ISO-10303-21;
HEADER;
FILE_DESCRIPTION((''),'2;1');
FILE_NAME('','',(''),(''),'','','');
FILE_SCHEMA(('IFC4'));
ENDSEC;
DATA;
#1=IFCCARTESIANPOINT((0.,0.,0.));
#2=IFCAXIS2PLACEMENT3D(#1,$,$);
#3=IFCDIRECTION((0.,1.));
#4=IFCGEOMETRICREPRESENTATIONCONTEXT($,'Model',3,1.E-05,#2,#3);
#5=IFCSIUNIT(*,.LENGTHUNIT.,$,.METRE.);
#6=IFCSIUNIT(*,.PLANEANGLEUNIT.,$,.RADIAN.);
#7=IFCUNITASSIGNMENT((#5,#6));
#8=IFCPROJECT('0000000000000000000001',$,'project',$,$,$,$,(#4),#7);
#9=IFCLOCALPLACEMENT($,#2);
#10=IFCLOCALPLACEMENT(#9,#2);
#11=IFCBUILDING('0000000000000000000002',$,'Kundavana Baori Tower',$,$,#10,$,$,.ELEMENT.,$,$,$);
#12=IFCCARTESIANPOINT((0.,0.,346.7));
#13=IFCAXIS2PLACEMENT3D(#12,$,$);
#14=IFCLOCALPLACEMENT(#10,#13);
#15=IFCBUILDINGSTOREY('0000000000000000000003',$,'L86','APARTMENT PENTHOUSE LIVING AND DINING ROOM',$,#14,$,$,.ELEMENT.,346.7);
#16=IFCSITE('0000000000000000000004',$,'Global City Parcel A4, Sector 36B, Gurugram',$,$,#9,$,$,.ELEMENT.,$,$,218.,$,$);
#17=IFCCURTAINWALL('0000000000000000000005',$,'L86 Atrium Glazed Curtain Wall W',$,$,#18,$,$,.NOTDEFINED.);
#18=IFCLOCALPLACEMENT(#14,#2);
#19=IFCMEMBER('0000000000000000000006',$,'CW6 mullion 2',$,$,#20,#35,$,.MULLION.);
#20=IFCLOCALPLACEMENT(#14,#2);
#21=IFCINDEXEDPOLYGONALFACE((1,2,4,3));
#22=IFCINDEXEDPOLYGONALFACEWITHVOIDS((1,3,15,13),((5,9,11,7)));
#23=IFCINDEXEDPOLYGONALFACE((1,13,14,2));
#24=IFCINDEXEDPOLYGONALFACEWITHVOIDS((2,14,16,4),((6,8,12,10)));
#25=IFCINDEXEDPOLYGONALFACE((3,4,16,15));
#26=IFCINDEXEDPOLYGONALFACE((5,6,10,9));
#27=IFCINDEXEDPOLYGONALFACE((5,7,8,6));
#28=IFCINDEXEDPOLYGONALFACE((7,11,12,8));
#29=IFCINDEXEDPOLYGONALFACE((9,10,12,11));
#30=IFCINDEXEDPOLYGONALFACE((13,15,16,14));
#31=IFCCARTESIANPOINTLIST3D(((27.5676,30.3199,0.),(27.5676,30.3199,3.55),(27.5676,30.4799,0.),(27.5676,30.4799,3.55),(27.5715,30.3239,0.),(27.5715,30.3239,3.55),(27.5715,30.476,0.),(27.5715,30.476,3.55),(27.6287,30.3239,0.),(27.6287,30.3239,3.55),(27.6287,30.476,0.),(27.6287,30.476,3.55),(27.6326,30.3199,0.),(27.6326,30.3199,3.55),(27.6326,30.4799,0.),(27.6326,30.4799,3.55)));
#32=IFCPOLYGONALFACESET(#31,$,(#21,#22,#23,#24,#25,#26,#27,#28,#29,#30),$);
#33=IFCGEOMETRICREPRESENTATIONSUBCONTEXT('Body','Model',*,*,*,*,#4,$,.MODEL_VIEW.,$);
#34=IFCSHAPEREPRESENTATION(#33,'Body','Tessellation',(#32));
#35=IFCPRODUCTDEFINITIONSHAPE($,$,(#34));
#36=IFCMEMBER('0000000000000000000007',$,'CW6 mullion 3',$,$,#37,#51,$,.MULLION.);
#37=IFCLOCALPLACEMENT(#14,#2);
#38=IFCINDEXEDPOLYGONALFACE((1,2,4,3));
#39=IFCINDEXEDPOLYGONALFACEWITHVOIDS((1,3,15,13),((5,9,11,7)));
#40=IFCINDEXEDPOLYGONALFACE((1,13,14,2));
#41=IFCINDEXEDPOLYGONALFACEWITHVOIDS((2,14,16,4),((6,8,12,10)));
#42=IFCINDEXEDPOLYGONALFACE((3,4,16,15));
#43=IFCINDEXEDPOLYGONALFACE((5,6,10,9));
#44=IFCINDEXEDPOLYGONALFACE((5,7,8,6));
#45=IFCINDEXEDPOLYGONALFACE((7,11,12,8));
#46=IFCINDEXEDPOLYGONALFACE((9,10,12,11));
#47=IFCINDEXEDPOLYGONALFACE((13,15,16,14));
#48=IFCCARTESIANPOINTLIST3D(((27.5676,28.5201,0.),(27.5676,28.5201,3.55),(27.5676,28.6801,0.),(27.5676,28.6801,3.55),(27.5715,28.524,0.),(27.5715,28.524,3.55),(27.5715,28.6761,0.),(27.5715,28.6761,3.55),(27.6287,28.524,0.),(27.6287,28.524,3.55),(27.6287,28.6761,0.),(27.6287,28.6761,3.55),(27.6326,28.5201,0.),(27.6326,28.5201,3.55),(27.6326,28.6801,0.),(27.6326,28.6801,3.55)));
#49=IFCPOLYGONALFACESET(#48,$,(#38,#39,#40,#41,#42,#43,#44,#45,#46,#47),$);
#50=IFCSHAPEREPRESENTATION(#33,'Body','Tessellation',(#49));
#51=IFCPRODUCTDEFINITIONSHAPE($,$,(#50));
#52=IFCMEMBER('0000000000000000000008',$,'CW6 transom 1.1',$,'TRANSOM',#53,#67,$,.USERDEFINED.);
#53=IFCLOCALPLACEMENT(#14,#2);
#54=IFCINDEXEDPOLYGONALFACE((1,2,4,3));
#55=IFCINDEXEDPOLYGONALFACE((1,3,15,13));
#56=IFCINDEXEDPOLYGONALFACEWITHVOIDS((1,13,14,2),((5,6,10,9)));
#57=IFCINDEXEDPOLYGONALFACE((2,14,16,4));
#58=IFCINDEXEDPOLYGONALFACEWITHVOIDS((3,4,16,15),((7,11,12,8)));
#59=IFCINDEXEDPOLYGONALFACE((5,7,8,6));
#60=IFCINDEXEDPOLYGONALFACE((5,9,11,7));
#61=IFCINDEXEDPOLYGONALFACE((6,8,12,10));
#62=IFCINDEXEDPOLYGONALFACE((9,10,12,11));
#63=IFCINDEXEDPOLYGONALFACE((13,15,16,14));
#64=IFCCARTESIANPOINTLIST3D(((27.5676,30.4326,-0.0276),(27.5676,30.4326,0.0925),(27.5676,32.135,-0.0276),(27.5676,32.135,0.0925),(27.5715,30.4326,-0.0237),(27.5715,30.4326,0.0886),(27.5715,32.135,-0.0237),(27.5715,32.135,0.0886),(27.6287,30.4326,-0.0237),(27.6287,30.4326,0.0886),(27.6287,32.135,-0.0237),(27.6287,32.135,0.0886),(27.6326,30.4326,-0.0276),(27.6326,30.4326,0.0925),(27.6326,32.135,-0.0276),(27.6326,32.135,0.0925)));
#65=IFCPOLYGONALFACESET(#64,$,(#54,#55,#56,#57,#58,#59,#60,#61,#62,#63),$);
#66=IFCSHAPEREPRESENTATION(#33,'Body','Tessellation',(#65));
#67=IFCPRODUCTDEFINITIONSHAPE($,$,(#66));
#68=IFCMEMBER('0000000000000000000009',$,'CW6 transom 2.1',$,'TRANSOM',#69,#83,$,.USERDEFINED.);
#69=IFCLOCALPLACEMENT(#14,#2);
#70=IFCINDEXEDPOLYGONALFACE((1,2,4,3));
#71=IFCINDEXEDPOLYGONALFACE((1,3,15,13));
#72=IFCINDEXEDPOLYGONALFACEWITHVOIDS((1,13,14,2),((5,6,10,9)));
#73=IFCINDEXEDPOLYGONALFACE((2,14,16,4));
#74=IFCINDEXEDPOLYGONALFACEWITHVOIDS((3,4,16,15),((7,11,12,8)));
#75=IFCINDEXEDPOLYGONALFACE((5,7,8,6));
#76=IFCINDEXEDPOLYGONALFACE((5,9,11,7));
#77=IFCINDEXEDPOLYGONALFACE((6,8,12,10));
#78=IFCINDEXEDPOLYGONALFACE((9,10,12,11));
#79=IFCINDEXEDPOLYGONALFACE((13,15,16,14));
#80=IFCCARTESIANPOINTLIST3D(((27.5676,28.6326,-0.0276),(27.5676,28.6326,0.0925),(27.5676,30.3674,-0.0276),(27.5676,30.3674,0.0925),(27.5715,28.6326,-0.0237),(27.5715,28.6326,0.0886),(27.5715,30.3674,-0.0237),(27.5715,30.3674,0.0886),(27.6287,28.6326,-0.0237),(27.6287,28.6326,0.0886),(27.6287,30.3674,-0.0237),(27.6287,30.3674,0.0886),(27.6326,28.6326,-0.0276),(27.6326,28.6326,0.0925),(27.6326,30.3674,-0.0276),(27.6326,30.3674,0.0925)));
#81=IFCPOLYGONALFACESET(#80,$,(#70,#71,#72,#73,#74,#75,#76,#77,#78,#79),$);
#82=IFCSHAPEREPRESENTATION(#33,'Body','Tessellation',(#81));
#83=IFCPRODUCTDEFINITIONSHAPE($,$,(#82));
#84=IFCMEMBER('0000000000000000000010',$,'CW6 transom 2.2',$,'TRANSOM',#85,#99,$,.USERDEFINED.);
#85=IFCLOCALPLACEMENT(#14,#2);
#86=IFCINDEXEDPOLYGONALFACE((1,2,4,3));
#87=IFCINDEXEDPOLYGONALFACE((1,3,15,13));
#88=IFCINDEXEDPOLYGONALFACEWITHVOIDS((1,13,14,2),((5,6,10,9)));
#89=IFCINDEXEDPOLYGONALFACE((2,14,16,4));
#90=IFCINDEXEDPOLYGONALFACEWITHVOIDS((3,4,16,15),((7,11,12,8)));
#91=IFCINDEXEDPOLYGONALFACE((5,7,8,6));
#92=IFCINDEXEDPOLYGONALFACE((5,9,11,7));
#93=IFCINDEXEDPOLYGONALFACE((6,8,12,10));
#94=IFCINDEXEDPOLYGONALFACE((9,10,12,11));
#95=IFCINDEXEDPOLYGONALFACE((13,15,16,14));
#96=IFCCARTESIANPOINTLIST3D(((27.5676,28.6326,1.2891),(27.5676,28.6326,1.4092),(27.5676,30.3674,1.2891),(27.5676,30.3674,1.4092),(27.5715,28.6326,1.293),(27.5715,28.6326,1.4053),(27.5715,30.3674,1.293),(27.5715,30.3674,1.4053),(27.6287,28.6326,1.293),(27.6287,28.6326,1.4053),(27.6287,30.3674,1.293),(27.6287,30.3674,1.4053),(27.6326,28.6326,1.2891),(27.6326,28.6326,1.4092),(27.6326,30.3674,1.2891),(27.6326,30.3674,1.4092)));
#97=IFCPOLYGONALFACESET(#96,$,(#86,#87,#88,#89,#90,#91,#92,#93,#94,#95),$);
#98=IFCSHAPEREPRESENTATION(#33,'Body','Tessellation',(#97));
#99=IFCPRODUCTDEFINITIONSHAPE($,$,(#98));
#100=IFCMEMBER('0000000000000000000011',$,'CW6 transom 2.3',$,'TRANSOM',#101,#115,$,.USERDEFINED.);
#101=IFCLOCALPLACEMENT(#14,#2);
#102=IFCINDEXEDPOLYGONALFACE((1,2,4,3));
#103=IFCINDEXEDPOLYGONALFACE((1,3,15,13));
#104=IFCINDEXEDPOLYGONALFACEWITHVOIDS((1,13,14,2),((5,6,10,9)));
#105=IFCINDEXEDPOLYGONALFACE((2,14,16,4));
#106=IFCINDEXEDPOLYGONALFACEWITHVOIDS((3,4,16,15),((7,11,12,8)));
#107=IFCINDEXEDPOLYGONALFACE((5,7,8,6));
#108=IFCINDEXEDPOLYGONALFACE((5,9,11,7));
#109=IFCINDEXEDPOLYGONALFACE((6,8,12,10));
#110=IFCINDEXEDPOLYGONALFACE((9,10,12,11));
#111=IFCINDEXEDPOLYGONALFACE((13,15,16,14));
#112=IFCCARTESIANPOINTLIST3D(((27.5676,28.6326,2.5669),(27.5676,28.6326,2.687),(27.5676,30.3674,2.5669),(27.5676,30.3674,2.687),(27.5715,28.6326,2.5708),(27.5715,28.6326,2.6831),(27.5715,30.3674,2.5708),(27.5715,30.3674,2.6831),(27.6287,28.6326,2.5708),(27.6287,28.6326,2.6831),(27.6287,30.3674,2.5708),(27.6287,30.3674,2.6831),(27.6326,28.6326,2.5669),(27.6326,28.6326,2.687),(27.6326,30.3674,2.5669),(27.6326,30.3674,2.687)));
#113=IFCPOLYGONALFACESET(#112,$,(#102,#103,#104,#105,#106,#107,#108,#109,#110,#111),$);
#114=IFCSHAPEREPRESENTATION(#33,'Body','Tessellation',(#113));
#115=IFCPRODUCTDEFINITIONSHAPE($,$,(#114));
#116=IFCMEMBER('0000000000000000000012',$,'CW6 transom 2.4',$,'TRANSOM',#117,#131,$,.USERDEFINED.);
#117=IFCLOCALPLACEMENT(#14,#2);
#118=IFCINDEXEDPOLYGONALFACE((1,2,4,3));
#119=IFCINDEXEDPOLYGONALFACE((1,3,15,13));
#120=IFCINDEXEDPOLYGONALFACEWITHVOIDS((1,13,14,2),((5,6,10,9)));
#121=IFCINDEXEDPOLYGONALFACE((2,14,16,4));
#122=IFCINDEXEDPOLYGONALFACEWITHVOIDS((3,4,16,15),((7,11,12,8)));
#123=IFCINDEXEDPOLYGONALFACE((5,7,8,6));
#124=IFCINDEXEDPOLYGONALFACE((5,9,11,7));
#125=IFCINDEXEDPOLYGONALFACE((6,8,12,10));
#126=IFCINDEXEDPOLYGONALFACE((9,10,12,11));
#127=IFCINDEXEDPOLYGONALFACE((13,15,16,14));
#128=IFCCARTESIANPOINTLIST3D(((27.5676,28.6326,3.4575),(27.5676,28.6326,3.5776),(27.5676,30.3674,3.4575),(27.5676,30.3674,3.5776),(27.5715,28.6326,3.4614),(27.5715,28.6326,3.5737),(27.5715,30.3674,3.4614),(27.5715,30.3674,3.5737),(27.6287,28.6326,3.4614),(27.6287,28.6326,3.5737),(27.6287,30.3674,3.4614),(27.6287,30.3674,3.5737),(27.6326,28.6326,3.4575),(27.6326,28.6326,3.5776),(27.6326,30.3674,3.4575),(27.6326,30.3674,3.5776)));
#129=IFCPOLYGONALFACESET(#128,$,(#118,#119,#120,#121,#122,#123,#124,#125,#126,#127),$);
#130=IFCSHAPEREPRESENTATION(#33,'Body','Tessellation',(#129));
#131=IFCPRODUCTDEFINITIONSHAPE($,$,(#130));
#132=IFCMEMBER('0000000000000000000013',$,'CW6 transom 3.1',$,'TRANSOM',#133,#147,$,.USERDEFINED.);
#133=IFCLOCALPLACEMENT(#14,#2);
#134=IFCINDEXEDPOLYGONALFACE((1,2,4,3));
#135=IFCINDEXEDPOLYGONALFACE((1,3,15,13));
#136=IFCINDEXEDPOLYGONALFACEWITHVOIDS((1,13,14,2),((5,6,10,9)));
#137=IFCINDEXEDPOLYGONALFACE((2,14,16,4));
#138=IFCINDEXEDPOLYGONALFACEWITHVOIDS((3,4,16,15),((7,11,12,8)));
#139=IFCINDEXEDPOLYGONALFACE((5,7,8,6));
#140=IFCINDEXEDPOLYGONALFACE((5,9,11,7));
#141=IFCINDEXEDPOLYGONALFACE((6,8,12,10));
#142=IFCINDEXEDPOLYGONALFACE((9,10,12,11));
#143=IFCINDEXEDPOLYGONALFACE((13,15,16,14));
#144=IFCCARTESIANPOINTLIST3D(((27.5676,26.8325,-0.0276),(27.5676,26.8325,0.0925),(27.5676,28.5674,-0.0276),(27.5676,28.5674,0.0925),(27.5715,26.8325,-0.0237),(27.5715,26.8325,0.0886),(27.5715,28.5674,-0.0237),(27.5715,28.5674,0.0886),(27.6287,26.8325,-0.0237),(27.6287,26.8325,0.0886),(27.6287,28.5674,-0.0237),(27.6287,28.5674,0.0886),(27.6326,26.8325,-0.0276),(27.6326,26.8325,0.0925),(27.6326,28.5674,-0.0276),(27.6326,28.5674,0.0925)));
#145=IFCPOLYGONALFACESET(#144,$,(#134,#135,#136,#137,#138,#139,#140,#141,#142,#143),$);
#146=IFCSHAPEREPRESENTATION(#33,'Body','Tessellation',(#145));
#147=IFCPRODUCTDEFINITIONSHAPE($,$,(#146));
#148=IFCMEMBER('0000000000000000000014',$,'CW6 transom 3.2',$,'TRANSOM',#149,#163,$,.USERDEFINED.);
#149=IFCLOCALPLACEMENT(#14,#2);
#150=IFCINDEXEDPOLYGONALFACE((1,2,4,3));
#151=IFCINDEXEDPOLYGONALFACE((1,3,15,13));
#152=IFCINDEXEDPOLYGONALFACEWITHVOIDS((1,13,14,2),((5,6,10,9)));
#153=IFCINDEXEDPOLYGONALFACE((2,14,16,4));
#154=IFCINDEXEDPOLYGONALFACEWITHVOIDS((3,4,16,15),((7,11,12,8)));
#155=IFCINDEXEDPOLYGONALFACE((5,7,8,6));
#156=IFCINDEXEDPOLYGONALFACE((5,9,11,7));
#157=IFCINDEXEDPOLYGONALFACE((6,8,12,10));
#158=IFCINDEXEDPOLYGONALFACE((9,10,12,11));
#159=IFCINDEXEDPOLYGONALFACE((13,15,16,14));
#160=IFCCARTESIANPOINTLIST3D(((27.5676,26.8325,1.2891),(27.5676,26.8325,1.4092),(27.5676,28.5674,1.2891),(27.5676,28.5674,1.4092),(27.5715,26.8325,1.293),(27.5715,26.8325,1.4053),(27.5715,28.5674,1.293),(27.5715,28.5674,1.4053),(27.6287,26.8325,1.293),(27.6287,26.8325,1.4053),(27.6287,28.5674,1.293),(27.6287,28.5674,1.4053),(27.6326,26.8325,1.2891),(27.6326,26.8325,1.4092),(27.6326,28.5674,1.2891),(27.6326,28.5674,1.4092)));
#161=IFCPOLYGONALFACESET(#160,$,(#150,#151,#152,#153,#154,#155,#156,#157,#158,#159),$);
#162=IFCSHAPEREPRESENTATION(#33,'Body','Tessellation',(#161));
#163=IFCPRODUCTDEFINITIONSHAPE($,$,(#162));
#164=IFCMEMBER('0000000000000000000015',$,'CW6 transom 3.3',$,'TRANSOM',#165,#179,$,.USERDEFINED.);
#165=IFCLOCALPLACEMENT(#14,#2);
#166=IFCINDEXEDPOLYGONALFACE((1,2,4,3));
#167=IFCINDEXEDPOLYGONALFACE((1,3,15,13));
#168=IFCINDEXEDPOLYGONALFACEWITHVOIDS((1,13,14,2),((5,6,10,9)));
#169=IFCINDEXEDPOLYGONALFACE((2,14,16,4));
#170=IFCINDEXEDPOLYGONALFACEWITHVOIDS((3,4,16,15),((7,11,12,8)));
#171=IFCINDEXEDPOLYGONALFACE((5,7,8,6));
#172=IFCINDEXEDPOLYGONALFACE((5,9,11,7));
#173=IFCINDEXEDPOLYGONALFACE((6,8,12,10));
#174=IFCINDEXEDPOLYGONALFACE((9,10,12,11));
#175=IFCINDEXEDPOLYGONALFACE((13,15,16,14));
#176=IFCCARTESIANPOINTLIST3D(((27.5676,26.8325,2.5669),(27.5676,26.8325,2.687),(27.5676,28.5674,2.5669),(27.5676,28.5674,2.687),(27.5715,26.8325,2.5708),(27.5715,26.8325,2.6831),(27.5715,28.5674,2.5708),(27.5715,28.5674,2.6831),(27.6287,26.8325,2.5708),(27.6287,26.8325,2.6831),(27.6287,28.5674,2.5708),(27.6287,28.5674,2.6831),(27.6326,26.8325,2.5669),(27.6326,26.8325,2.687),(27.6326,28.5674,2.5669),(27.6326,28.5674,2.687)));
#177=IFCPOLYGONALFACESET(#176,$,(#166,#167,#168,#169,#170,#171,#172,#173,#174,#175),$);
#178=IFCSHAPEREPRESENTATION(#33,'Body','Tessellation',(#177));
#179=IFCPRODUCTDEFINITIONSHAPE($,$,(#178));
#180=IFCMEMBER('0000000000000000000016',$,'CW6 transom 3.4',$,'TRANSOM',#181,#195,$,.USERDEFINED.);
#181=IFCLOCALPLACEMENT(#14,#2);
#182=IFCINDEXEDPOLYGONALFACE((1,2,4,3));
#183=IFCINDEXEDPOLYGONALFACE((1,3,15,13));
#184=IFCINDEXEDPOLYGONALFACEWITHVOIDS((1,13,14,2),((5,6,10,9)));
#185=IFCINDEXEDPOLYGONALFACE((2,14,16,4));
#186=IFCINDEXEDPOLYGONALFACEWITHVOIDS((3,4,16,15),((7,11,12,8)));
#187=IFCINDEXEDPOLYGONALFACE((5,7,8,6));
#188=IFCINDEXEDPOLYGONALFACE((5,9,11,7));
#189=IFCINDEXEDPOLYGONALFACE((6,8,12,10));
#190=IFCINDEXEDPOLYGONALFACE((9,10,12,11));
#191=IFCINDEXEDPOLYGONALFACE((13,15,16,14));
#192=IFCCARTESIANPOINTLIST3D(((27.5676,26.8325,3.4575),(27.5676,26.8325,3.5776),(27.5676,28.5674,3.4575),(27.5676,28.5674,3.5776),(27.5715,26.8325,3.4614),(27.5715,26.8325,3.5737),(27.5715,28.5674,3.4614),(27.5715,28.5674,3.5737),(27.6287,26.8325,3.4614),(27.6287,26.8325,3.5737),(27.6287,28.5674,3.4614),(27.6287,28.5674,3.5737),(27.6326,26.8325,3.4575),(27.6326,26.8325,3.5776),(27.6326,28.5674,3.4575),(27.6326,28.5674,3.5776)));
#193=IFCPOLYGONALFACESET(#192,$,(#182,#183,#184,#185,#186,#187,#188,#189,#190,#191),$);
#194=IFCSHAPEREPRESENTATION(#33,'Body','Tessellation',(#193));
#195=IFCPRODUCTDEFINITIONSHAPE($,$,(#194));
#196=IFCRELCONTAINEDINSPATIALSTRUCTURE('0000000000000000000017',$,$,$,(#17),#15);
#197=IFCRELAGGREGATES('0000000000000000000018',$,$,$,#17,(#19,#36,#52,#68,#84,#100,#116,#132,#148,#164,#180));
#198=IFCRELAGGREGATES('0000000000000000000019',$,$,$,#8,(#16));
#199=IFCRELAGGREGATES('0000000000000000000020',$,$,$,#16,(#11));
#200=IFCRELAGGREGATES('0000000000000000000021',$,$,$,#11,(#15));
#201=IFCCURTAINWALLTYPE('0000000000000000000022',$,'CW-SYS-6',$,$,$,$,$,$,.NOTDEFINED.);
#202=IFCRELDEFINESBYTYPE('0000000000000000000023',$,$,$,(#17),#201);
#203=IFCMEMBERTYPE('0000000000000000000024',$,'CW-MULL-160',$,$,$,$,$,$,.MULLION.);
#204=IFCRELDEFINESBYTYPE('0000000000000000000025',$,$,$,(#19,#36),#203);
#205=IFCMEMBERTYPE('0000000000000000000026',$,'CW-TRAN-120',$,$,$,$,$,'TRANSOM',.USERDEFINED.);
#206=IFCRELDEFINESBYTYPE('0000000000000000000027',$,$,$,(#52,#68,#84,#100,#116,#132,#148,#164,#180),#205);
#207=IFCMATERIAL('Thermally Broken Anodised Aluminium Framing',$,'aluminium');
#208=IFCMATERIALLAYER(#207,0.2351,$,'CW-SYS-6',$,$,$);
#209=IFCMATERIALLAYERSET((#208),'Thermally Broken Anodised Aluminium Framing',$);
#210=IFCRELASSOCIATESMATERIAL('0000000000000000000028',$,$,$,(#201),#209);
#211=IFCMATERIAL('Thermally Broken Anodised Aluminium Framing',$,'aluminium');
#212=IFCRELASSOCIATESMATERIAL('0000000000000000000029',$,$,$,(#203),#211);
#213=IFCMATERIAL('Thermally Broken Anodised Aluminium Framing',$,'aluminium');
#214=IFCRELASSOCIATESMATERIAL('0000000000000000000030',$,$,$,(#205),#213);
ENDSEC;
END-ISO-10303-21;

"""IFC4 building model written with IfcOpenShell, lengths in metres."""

from ifc_helpers import new_model, si_unit, direction, frame, origin, origin_2d, place, context, subcontext, project, spatial, hollow_rectangle, extrude, material, layer, layer_set, material_profile, profile_set, type_object, element, aggregate, save


model = new_model("IFC4")

# Units and contexts
model_context = context("Model", 3, precision=1e-05, world=origin(), true_north=direction((0.0, 1.0)))
body_context = subcontext(model_context, "Body", "Model", "MODEL_VIEW")
ifc_project = project(units=[si_unit("LENGTHUNIT", "METRE"), si_unit("PLANEANGLEUNIT", "RADIAN")], contexts=[model_context])

# Site, building, storey
site_placement = place(None, origin())
site = spatial("IfcSite", under=ifc_project, at=site_placement, Name="Global City Parcel A4, Sector 36B, Gurugram", CompositionType="ELEMENT", RefElevation=218.0)
building_placement = place(site_placement, origin())
building = spatial("IfcBuilding", under=site, at=building_placement, Name="Kundavana Baori Tower", CompositionType="ELEMENT")
storey_placement = place(building_placement, frame((0.0, 0.0, 346.7)))
storey = spatial("IfcBuildingStorey", under=building, at=storey_placement, Name="L86", Description="APARTMENT PENTHOUSE LIVING AND DINING ROOM", CompositionType="ELEMENT", Elevation=346.7)

# Curtain wall, members
ifc_material_1 = material(Name="Thermally Broken Anodised Aluminium Framing", Category="aluminium")
ifc_layer_1 = layer(ifc_material_1, 0.2351, Name="CW-SYS-6")
ifc_layer_set_1 = layer_set([ifc_layer_1], Name="Thermally Broken Anodised Aluminium Framing")
curtain_wall_type = type_object("IfcCurtainWallType", Name="CW-SYS-6", PredefinedType="NOTDEFINED", material=ifc_layer_set_1)
curtain_wall_placement = place(storey_placement, origin())
curtain_wall = element("IfcCurtainWall", 1, at=curtain_wall_placement, inside=storey, type_object=curtain_wall_type, Name="L86 Atrium Glazed Curtain Wall W", PredefinedType="NOTDEFINED")
ifc_material_2 = material(Name="Thermally Broken Anodised Aluminium Framing", Category="aluminium")
ifc_material_profile_1 = material_profile(ifc_material_2, hollow_rectangle(XDim=0.0649, YDim=0.1599, WallThickness=0.0039, at=origin_2d()), Name="CW-MULL-160")
ifc_profile_set_1 = profile_set([ifc_material_profile_1], Name="Thermally Broken Anodised Aluminium Framing")
member_type_1 = type_object("IfcMemberType", Name="CW-MULL-160", PredefinedType="MULLION", material=ifc_profile_set_1)
member_1_placement = place(storey_placement, frame((27.6001, 30.3999, 0.0), z_axis=(0.0, 0.0, 1.0), x_axis=(1.0, 0.0, 0.0)))
member_1 = element("IfcMember", 2, at=member_1_placement, type_object=member_type_1, Name="CW6 mullion 2", PredefinedType="MULLION", context=body_context, shape_type="SweptSolid", body=[
    extrude(hollow_rectangle(XDim=0.0649, YDim=0.1599, WallThickness=0.0039, at=origin_2d()), origin(), (0.0, 0.0, 1.0), 3.55),
])
member_2_placement = place(storey_placement, frame((27.6001, 28.6001, 0.0), z_axis=(0.0, 0.0, 1.0), x_axis=(1.0, 0.0, 0.0)))
member_2 = element("IfcMember", 3, at=member_2_placement, type_object=member_type_1, Name="CW6 mullion 3", PredefinedType="MULLION", context=body_context, shape_type="SweptSolid", body=[
    extrude(hollow_rectangle(XDim=0.0649, YDim=0.1599, WallThickness=0.0039, at=origin_2d()), origin(), (0.0, 0.0, 1.0), 3.55),
])
ifc_material_3 = material(Name="Thermally Broken Anodised Aluminium Framing", Category="aluminium")
ifc_material_profile_2 = material_profile(ifc_material_3, hollow_rectangle(XDim=0.0649, YDim=0.1201, WallThickness=0.0039, at=origin_2d()), Name="CW-TRAN-120")
ifc_profile_set_2 = profile_set([ifc_material_profile_2], Name="Thermally Broken Anodised Aluminium Framing")
member_type_2 = type_object("IfcMemberType", Name="CW-TRAN-120", ElementType="TRANSOM", PredefinedType="USERDEFINED", material=ifc_profile_set_2)
member_3_placement = place(storey_placement, frame((27.6001, 32.135, 0.0325), z_axis=(0.0, -1.0, 0.0), x_axis=(1.0, 0.0, 0.0)))
member_3 = element("IfcMember", 4, at=member_3_placement, type_object=member_type_2, Name="CW6 transom 1.1", ObjectType="TRANSOM", PredefinedType="USERDEFINED", context=body_context, shape_type="SweptSolid", body=[
    extrude(hollow_rectangle(XDim=0.0649, YDim=0.1201, WallThickness=0.0039, at=origin_2d()), origin(), (0.0, 0.0, 1.0), 1.7024),
])
member_4_placement = place(storey_placement, frame((27.6001, 30.3674, 0.0325), z_axis=(0.0, -1.0, 0.0), x_axis=(1.0, 0.0, 0.0)))
member_4 = element("IfcMember", 5, at=member_4_placement, type_object=member_type_2, Name="CW6 transom 2.1", ObjectType="TRANSOM", PredefinedType="USERDEFINED", context=body_context, shape_type="SweptSolid", body=[
    extrude(hollow_rectangle(XDim=0.0649, YDim=0.1201, WallThickness=0.0039, at=origin_2d()), origin(), (0.0, 0.0, 1.0), 1.7349),
])
member_5_placement = place(storey_placement, frame((27.6001, 30.3674, 1.3491), z_axis=(0.0, -1.0, 0.0), x_axis=(1.0, 0.0, 0.0)))
member_5 = element("IfcMember", 6, at=member_5_placement, type_object=member_type_2, Name="CW6 transom 2.2", ObjectType="TRANSOM", PredefinedType="USERDEFINED", context=body_context, shape_type="SweptSolid", body=[
    extrude(hollow_rectangle(XDim=0.0649, YDim=0.1201, WallThickness=0.0039, at=origin_2d()), origin(), (0.0, 0.0, 1.0), 1.7349),
])
member_6_placement = place(storey_placement, frame((27.6001, 30.3674, 2.627), z_axis=(0.0, -1.0, 0.0), x_axis=(1.0, 0.0, 0.0)))
member_6 = element("IfcMember", 7, at=member_6_placement, type_object=member_type_2, Name="CW6 transom 2.3", ObjectType="TRANSOM", PredefinedType="USERDEFINED", context=body_context, shape_type="SweptSolid", body=[
    extrude(hollow_rectangle(XDim=0.0649, YDim=0.1201, WallThickness=0.0039, at=origin_2d()), origin(), (0.0, 0.0, 1.0), 1.7349),
])
member_7_placement = place(storey_placement, frame((27.6001, 30.3674, 3.5176), z_axis=(0.0, -1.0, 0.0), x_axis=(1.0, 0.0, 0.0)))
member_7 = element("IfcMember", 8, at=member_7_placement, type_object=member_type_2, Name="CW6 transom 2.4", ObjectType="TRANSOM", PredefinedType="USERDEFINED", context=body_context, shape_type="SweptSolid", body=[
    extrude(hollow_rectangle(XDim=0.0649, YDim=0.1201, WallThickness=0.0039, at=origin_2d()), origin(), (0.0, 0.0, 1.0), 1.7349),
])
member_8_placement = place(storey_placement, frame((27.6001, 28.5674, 0.0325), z_axis=(0.0, -1.0, 0.0), x_axis=(1.0, 0.0, 0.0)))
member_8 = element("IfcMember", 9, at=member_8_placement, type_object=member_type_2, Name="CW6 transom 3.1", ObjectType="TRANSOM", PredefinedType="USERDEFINED", context=body_context, shape_type="SweptSolid", body=[
    extrude(hollow_rectangle(XDim=0.0649, YDim=0.1201, WallThickness=0.0039, at=origin_2d()), origin(), (0.0, 0.0, 1.0), 1.7349),
])
member_9_placement = place(storey_placement, frame((27.6001, 28.5674, 1.3491), z_axis=(0.0, -1.0, 0.0), x_axis=(1.0, 0.0, 0.0)))
member_9 = element("IfcMember", 10, at=member_9_placement, type_object=member_type_2, Name="CW6 transom 3.2", ObjectType="TRANSOM", PredefinedType="USERDEFINED", context=body_context, shape_type="SweptSolid", body=[
    extrude(hollow_rectangle(XDim=0.0649, YDim=0.1201, WallThickness=0.0039, at=origin_2d()), origin(), (0.0, 0.0, 1.0), 1.7349),
])
member_10_placement = place(storey_placement, frame((27.6001, 28.5674, 2.627), z_axis=(0.0, -1.0, 0.0), x_axis=(1.0, 0.0, 0.0)))
member_10 = element("IfcMember", 11, at=member_10_placement, type_object=member_type_2, Name="CW6 transom 3.3", ObjectType="TRANSOM", PredefinedType="USERDEFINED", context=body_context, shape_type="SweptSolid", body=[
    extrude(hollow_rectangle(XDim=0.0649, YDim=0.1201, WallThickness=0.0039, at=origin_2d()), origin(), (0.0, 0.0, 1.0), 1.7349),
])
member_11_placement = place(storey_placement, frame((27.6001, 28.5674, 3.5176), z_axis=(0.0, -1.0, 0.0), x_axis=(1.0, 0.0, 0.0)))
member_11 = element("IfcMember", 12, at=member_11_placement, type_object=member_type_2, Name="CW6 transom 3.4", ObjectType="TRANSOM", PredefinedType="USERDEFINED", context=body_context, shape_type="SweptSolid", body=[
    extrude(hollow_rectangle(XDim=0.0649, YDim=0.1201, WallThickness=0.0039, at=origin_2d()), origin(), (0.0, 0.0, 1.0), 1.7349),
])
aggregate(curtain_wall, [member_1, member_2, member_3, member_4, member_5, member_6, member_7, member_8, member_9, member_10, member_11])

save(model, "model.ifc")
